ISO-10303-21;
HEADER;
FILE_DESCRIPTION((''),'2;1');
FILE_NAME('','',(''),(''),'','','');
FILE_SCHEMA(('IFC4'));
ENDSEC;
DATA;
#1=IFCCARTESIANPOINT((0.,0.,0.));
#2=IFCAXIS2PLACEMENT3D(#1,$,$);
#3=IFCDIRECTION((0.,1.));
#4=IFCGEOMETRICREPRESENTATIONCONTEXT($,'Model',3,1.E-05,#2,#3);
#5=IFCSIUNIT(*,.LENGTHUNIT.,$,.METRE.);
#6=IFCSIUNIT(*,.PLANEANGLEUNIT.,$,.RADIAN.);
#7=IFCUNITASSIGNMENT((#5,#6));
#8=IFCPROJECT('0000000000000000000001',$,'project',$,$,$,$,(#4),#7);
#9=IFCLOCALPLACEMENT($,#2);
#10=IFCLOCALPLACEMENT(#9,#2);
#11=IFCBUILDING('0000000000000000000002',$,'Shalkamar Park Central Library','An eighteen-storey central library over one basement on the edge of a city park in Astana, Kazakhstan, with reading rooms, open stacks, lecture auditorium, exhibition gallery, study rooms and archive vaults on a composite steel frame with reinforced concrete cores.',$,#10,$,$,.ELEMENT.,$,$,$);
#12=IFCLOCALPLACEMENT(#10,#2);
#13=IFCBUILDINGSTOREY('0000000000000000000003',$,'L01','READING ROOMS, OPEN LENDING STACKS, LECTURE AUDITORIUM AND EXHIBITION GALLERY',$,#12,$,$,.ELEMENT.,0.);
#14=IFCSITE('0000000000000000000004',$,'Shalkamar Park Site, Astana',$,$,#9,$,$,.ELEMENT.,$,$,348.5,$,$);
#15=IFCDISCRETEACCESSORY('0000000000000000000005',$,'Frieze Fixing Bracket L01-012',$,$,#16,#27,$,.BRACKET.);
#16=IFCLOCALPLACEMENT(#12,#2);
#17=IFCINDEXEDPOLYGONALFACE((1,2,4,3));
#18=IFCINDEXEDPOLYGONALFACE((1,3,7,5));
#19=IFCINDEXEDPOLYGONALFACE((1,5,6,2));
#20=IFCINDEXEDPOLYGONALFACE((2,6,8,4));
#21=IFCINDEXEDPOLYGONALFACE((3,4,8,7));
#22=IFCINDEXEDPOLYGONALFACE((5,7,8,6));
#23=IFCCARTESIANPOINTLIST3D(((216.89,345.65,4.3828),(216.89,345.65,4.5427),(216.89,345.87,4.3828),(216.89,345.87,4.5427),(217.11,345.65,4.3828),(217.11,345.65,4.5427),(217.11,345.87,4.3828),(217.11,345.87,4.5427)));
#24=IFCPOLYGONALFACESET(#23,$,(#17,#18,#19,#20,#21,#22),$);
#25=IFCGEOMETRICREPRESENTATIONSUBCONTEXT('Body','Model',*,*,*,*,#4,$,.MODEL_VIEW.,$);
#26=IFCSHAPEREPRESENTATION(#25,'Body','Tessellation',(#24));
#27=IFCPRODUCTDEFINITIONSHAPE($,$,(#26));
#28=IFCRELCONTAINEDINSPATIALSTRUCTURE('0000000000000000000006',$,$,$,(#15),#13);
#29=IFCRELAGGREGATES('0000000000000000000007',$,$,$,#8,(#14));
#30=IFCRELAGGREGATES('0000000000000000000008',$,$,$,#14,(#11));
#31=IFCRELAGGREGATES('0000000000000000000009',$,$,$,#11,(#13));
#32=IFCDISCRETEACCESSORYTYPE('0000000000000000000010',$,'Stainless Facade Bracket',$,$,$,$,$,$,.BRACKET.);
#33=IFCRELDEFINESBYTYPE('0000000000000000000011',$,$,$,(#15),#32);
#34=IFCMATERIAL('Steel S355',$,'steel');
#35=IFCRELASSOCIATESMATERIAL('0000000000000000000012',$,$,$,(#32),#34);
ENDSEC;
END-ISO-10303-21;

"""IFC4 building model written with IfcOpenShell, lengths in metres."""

from ifc_helpers import new_model, si_unit, direction, frame, origin, origin_2d, place, context, subcontext, project, spatial, rectangle, extrude, material, type_object, element, save


model = new_model("IFC4")

# Units and contexts
model_context = context("Model", 3, precision=1e-05, world=origin(), true_north=direction((0.0, 1.0)))
body_context = subcontext(model_context, "Body", "Model", "MODEL_VIEW")
ifc_project = project(units=[si_unit("LENGTHUNIT", "METRE"), si_unit("PLANEANGLEUNIT", "RADIAN")], contexts=[model_context])

# Site, building, storey
site_placement = place(None, origin())
site = spatial("IfcSite", under=ifc_project, at=site_placement, Name="Shalkamar Park Site, Astana", CompositionType="ELEMENT", RefElevation=348.5)
building_placement = place(site_placement, origin())
building = spatial("IfcBuilding", under=site, at=building_placement, Name="Shalkamar Park Central Library", Description="An eighteen-storey central library over one basement on the edge of a city park in Astana, Kazakhstan, with reading rooms, open stacks, lecture auditorium, exhibition gallery, study rooms and archive vaults on a composite steel frame with reinforced concrete cores.", CompositionType="ELEMENT")
storey_placement = place(building_placement, origin())
storey = spatial("IfcBuildingStorey", under=building, at=storey_placement, Name="L01", Description="READING ROOMS, OPEN LENDING STACKS, LECTURE AUDITORIUM AND EXHIBITION GALLERY", CompositionType="ELEMENT", Elevation=0.0)

# Shared definitions
ifc_material_1 = material(Name="Steel S355", Category="steel")

# Discrete accessory
discrete_accessory_type = type_object("IfcDiscreteAccessoryType", Name="Stainless Facade Bracket", PredefinedType="BRACKET", material=ifc_material_1)
discrete_accessory_placement = place(storey_placement, frame((217.0, 345.76, 4.3828), z_axis=(0.0, 0.0, 1.0), x_axis=(1.0, 0.0, 0.0)))
element("IfcDiscreteAccessory", 1, at=discrete_accessory_placement, inside=storey, type_object=discrete_accessory_type, Name="Frieze Fixing Bracket L01-012", PredefinedType="BRACKET", context=body_context, shape_type="SweptSolid", body=[
    extrude(rectangle(XDim=0.22, YDim=0.22, at=origin_2d()), origin(), (0.0, 0.0, 1.0), 0.1599),
])

save(model, "model.ifc")
